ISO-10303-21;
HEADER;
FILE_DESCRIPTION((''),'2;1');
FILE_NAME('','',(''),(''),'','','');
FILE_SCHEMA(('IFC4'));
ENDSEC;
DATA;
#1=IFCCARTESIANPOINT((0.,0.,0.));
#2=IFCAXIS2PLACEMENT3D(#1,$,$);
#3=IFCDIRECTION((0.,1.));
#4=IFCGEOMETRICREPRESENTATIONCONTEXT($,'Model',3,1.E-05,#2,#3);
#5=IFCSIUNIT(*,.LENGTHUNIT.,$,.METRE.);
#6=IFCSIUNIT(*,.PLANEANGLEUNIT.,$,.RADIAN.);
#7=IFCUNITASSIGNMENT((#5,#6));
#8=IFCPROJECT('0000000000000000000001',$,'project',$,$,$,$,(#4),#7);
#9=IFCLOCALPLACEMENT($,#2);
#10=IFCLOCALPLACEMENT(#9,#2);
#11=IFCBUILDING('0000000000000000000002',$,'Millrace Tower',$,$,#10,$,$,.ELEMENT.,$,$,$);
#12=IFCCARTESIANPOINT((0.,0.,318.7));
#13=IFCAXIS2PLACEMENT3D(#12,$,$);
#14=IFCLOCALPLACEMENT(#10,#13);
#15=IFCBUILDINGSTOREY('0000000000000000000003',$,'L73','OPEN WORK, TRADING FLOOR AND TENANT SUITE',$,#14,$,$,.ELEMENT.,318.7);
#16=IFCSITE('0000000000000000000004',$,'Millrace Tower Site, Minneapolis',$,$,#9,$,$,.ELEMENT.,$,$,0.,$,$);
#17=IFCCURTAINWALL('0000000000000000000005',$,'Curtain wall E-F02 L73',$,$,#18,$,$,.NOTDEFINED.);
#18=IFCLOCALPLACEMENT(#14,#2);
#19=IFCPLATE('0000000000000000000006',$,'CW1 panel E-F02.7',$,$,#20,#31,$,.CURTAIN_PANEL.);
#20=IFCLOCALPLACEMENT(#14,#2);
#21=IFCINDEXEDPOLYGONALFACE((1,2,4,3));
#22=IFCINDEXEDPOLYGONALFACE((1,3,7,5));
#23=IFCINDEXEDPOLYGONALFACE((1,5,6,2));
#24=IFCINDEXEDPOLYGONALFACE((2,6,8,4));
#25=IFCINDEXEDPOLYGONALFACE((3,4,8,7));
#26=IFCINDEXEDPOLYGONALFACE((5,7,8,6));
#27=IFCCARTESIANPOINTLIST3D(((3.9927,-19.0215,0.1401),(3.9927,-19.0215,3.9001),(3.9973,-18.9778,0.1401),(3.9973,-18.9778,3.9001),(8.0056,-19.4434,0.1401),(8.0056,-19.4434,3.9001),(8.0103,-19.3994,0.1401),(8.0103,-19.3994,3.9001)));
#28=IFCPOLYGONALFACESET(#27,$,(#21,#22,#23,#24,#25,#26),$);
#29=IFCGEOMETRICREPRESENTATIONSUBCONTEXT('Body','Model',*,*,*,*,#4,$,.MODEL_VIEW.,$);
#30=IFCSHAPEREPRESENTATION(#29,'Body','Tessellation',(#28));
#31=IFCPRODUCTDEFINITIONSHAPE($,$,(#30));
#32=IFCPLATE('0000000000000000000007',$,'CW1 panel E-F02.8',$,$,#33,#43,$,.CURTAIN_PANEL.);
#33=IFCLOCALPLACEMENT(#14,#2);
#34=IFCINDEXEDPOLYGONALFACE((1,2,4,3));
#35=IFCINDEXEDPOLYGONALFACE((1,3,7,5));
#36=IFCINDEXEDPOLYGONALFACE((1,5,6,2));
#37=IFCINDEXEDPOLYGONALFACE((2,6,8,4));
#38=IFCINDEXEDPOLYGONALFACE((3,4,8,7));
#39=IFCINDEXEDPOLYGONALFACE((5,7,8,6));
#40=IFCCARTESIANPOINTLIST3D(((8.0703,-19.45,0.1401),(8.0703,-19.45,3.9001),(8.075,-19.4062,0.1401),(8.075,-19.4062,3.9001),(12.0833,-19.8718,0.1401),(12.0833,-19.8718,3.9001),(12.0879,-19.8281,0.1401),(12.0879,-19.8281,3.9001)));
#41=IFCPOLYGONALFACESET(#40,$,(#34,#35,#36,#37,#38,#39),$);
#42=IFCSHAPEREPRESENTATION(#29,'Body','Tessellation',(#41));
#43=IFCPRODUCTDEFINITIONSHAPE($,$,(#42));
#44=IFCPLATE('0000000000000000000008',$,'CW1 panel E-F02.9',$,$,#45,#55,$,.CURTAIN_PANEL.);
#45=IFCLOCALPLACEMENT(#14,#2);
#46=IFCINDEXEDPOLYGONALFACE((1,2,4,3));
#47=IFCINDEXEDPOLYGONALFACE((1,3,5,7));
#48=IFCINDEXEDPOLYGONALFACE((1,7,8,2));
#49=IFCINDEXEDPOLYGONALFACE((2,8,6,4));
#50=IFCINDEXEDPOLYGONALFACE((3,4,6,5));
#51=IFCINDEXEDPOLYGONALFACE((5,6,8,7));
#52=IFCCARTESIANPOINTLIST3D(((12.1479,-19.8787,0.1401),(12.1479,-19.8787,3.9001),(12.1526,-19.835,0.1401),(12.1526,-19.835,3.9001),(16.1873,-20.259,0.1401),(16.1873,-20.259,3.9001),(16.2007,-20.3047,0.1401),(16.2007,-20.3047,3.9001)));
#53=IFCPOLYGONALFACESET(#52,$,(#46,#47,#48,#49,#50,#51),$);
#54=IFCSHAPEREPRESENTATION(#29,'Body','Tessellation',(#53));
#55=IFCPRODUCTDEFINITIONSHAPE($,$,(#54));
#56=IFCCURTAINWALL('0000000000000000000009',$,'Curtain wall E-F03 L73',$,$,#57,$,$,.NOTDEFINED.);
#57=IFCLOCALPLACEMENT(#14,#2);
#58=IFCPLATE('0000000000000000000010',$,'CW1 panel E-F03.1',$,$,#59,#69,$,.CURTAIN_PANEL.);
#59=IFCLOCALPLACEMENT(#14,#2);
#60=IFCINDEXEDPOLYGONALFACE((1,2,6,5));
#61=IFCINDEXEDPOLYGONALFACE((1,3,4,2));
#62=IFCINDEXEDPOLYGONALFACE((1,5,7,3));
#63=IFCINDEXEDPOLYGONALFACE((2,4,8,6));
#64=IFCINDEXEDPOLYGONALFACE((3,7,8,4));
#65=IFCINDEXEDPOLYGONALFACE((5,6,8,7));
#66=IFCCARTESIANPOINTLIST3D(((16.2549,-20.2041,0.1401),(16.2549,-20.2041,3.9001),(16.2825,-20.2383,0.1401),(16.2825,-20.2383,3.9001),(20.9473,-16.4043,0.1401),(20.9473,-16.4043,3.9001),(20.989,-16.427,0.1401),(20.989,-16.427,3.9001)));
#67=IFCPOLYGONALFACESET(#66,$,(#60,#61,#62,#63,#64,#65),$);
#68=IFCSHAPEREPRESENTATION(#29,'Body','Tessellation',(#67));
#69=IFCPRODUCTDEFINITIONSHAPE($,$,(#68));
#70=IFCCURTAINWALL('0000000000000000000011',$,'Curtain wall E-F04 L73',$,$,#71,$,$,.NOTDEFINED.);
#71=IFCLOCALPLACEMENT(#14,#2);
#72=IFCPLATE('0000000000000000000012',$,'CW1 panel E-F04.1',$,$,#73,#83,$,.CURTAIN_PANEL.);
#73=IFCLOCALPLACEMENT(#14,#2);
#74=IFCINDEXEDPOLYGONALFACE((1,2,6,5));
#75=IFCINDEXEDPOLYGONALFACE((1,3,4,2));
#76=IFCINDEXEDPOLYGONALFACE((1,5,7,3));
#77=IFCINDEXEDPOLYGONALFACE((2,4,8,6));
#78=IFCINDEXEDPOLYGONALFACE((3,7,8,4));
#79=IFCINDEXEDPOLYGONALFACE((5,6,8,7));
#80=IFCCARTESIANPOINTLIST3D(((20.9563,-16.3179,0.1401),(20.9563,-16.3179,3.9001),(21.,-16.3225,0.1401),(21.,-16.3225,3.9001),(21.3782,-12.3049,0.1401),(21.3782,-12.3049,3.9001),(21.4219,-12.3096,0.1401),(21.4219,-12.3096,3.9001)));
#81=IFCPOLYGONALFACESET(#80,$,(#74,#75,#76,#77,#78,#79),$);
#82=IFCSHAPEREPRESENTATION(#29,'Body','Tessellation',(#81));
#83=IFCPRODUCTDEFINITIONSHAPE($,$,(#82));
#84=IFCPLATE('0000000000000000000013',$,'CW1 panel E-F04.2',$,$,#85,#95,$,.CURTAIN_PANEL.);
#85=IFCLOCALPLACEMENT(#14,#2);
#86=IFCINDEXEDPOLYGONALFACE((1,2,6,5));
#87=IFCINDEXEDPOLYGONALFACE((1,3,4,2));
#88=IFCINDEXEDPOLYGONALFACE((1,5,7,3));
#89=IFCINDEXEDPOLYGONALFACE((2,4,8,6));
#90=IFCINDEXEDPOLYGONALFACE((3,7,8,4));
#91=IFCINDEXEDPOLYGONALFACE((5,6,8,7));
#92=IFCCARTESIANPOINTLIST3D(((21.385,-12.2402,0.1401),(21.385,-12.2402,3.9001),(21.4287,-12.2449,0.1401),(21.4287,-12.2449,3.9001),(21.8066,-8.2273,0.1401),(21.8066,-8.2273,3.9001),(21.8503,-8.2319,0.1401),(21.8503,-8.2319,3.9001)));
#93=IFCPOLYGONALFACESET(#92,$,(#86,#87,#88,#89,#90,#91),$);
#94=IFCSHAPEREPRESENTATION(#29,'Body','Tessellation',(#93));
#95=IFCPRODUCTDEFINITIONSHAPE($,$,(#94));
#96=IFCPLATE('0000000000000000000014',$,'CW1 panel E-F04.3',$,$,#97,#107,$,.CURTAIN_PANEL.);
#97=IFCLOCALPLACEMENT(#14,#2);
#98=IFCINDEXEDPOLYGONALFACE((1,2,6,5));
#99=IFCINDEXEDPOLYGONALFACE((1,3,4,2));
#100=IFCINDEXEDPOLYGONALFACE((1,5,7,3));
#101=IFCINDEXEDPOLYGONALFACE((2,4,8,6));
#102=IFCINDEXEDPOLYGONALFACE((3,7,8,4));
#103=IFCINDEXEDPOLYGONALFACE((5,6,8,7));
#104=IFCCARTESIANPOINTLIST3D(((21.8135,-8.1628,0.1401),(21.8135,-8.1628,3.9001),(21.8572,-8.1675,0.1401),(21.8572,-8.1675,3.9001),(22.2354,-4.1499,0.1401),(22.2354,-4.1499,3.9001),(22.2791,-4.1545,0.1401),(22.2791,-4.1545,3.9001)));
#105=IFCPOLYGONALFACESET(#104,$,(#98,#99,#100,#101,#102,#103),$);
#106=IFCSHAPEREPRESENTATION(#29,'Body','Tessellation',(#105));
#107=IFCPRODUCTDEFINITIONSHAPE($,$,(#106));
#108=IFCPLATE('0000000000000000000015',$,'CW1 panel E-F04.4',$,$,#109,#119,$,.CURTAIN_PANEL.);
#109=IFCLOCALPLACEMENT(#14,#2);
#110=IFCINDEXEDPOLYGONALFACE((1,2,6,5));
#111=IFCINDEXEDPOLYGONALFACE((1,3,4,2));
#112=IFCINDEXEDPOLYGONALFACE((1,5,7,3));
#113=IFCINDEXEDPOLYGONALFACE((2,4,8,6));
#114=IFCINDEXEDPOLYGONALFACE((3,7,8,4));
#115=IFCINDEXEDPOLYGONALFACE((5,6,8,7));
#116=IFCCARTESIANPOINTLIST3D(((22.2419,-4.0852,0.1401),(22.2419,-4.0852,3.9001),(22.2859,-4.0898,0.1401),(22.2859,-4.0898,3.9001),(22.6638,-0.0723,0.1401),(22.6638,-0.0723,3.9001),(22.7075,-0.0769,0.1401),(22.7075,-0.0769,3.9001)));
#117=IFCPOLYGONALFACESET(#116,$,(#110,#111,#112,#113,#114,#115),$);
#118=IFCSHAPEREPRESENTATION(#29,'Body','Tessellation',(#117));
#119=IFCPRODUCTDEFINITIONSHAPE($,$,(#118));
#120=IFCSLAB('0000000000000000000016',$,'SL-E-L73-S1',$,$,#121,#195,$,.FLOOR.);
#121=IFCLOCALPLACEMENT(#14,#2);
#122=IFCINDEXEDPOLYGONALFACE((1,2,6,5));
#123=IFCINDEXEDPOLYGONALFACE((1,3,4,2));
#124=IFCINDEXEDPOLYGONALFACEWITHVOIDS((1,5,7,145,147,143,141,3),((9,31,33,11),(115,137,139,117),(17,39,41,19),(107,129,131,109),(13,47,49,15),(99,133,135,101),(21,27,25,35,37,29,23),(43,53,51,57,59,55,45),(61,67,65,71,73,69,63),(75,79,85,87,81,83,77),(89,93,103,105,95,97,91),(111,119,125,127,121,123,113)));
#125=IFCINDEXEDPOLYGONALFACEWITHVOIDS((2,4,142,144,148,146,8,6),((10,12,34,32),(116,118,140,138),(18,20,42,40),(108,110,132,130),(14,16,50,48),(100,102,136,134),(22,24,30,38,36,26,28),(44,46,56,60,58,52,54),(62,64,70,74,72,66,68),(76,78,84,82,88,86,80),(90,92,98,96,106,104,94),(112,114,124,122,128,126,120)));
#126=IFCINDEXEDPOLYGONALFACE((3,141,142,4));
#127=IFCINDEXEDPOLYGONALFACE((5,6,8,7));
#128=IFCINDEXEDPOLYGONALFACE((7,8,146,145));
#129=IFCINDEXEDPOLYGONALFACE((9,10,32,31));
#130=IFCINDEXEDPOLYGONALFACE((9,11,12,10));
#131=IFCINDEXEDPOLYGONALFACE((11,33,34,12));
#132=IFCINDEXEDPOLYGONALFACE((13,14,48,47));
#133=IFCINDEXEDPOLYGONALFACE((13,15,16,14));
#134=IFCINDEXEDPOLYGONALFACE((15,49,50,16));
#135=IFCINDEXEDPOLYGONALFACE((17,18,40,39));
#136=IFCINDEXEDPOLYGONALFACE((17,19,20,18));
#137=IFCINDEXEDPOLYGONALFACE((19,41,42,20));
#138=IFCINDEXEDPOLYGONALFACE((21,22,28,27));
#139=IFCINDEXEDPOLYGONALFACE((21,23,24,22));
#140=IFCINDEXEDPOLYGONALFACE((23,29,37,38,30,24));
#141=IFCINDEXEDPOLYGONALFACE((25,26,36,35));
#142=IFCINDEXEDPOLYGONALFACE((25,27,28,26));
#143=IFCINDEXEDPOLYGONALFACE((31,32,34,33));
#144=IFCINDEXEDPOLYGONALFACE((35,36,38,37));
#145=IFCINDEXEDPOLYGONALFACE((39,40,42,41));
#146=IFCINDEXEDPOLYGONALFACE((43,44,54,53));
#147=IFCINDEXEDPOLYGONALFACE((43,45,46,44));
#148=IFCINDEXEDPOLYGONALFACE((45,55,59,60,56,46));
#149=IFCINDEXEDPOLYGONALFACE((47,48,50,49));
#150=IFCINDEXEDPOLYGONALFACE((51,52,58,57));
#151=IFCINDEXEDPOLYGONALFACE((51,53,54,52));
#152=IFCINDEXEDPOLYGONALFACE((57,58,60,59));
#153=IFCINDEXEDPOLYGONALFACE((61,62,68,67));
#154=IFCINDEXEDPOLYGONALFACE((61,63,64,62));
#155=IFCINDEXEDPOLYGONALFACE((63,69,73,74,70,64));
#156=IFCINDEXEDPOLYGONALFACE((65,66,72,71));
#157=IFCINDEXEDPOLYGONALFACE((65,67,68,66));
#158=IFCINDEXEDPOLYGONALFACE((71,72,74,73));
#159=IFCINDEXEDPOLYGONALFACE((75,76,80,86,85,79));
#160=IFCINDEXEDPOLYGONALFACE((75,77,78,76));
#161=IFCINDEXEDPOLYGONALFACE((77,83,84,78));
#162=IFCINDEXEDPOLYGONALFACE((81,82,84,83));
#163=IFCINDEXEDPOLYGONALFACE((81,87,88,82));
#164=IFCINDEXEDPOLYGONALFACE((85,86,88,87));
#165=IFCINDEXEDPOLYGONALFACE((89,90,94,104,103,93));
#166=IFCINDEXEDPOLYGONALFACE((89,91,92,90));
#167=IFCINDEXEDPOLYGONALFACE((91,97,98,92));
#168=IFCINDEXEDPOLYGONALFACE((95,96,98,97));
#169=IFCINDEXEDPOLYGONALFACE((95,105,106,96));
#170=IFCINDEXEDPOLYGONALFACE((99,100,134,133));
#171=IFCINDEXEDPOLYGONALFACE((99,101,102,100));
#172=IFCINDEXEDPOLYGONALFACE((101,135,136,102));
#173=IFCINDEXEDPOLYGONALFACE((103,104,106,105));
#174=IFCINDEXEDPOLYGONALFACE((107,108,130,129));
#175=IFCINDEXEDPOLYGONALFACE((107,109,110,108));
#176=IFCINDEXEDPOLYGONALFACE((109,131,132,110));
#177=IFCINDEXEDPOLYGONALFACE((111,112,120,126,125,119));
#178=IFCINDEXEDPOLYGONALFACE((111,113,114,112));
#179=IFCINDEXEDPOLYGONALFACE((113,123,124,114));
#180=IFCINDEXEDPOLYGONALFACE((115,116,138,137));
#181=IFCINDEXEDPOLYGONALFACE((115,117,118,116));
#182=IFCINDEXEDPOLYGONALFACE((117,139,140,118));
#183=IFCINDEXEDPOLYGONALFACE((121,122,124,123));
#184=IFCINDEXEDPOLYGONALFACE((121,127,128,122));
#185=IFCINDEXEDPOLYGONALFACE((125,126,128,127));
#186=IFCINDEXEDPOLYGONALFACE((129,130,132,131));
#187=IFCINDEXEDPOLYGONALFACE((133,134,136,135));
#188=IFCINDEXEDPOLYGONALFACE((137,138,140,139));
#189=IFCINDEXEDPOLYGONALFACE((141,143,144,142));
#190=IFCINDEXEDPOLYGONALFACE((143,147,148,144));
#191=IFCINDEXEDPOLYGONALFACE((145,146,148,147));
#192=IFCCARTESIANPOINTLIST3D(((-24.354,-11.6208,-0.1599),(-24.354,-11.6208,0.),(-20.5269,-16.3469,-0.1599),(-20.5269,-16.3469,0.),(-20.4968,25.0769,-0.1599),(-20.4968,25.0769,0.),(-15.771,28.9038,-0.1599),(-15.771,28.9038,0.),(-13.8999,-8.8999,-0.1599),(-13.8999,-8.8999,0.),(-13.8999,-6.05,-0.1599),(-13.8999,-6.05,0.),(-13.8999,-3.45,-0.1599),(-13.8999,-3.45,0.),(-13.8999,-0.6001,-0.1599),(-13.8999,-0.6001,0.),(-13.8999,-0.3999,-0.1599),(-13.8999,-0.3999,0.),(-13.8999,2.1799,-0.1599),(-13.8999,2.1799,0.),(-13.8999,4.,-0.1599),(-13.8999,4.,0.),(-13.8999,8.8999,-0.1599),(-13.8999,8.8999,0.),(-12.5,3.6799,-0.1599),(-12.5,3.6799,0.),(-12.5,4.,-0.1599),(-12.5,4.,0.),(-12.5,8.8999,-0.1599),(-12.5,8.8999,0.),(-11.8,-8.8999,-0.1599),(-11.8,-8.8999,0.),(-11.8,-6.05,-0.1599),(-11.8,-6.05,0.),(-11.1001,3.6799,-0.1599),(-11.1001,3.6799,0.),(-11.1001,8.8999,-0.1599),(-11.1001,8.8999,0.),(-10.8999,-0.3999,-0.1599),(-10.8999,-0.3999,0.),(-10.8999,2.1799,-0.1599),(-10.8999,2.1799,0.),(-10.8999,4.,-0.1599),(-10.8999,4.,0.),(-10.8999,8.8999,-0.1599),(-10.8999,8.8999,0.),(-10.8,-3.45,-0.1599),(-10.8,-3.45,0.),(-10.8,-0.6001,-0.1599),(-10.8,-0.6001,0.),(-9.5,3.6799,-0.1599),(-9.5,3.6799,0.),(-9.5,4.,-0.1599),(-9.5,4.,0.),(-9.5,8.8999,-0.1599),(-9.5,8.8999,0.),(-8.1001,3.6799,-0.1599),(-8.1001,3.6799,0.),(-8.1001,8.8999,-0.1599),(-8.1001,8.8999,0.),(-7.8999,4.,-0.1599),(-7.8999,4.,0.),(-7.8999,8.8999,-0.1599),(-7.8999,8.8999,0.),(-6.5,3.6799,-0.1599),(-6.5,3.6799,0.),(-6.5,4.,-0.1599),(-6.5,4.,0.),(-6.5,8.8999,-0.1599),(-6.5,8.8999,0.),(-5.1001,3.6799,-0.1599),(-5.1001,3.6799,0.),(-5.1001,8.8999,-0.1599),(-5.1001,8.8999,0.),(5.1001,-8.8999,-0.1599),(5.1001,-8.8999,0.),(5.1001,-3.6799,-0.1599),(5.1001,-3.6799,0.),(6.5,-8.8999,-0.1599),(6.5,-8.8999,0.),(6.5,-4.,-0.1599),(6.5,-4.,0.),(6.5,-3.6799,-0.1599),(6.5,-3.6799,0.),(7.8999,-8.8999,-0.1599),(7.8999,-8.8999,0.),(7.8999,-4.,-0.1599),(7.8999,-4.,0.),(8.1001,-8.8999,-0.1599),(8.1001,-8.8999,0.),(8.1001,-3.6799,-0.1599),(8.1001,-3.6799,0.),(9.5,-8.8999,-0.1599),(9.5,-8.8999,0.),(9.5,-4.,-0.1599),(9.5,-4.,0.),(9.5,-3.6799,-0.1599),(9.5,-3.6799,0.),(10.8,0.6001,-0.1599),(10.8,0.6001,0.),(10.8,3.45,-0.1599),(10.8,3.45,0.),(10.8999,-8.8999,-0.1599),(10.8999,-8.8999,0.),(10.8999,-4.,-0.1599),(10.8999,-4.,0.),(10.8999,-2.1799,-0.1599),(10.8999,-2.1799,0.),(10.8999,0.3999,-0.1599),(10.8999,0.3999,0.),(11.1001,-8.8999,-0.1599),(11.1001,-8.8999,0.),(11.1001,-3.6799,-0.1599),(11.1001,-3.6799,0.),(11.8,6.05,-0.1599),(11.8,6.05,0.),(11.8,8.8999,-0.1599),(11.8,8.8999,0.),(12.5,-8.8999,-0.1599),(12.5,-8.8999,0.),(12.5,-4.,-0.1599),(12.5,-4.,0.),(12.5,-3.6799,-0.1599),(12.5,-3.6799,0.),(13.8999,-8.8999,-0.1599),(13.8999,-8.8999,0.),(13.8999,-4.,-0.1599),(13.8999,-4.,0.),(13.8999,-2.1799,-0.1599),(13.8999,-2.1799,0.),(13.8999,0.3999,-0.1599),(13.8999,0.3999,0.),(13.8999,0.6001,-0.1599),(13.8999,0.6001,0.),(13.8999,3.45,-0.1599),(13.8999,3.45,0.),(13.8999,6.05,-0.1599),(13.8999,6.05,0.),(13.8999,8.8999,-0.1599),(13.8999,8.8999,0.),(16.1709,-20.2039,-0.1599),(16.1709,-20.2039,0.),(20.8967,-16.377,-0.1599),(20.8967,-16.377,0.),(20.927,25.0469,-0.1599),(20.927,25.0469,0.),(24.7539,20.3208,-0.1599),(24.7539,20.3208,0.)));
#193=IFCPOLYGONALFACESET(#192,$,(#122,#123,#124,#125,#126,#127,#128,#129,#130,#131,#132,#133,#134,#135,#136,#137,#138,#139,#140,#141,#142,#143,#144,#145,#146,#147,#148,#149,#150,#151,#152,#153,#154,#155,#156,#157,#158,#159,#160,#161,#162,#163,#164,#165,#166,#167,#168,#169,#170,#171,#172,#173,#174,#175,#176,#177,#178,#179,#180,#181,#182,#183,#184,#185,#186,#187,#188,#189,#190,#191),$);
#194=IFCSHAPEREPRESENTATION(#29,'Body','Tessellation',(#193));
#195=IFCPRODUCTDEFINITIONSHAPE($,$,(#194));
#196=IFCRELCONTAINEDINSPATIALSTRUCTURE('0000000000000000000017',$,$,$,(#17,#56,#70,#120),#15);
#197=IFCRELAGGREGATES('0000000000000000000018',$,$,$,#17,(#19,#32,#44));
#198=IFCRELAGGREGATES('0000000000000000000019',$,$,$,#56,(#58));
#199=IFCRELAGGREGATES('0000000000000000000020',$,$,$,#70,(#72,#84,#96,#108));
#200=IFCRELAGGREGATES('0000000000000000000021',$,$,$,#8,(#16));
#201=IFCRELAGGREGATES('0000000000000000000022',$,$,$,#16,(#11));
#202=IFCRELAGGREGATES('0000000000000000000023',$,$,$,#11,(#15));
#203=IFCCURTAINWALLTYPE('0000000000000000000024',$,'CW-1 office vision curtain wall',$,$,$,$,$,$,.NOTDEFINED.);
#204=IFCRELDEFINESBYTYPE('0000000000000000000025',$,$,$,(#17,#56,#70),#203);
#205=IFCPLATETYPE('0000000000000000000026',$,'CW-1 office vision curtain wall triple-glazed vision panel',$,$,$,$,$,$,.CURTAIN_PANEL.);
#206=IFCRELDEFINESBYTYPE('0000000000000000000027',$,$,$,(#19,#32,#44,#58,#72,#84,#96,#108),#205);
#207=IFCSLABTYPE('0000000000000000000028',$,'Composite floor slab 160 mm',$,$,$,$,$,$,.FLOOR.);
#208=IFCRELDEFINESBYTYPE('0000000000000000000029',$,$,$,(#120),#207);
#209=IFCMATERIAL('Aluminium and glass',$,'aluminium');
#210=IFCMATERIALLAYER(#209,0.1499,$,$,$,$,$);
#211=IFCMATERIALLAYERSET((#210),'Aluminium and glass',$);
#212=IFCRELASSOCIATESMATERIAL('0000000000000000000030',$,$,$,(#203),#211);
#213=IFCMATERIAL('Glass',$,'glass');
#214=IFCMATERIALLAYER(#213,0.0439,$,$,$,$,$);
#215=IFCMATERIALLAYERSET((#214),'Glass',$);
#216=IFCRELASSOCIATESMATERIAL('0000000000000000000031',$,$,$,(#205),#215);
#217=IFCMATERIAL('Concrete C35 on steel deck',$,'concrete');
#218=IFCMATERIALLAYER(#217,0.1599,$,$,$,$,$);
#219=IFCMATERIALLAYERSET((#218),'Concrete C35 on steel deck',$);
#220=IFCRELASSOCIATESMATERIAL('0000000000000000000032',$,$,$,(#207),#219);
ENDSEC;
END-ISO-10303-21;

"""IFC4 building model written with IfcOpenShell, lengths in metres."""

from ifc_helpers import new_model, si_unit, direction, frame, origin, place, context, subcontext, project, spatial, polyline, outline, extrude, material, layer, layer_set, type_object, element, aggregate, save


model = new_model("IFC4")

# Units and contexts
model_context = context("Model", 3, precision=1e-05, world=origin(), true_north=direction((0.0, 1.0)))
body_context = subcontext(model_context, "Body", "Model", "MODEL_VIEW")
ifc_project = project(units=[si_unit("LENGTHUNIT", "METRE"), si_unit("PLANEANGLEUNIT", "RADIAN")], contexts=[model_context])

# Site, building, storey
site_placement = place(None, origin())
site = spatial("IfcSite", under=ifc_project, at=site_placement, Name="Millrace Tower Site, Minneapolis", CompositionType="ELEMENT", RefElevation=0.0)
building_placement = place(site_placement, origin())
building = spatial("IfcBuilding", under=site, at=building_placement, Name="Millrace Tower", CompositionType="ELEMENT")
storey_placement = place(building_placement, frame((0.0, 0.0, 318.7)))
storey = spatial("IfcBuildingStorey", under=building, at=storey_placement, Name="L73", Description="OPEN WORK, TRADING FLOOR AND TENANT SUITE", CompositionType="ELEMENT", Elevation=318.7)

# Shared definitions
ifc_material_1 = material(Name="Aluminium and glass", Category="aluminium")
ifc_layer_1 = layer(ifc_material_1, 0.1499)
ifc_layer_set_1 = layer_set([ifc_layer_1], Name="Aluminium and glass")
curtain_wall_type = type_object("IfcCurtainWallType", Name="CW-1 office vision curtain wall", PredefinedType="NOTDEFINED", material=ifc_layer_set_1)
placement_1 = place(storey_placement, origin())
ifc_material_2 = material(Name="Glass", Category="glass")
ifc_layer_2 = layer(ifc_material_2, 0.0439)
ifc_layer_set_2 = layer_set([ifc_layer_2], Name="Glass")
plate_type = type_object("IfcPlateType", Name="CW-1 office vision curtain wall triple-glazed vision panel", PredefinedType="CURTAIN_PANEL", material=ifc_layer_set_2)
placement_2 = place(storey_placement, frame((0.0, 0.0, 0.1401)))

# Curtain wall, plates
curtain_wall_1 = element("IfcCurtainWall", 1, at=placement_1, inside=storey, type_object=curtain_wall_type, Name="Curtain wall E-F02 L73", PredefinedType="NOTDEFINED")
plate_1 = element("IfcPlate", 2, at=placement_2, type_object=plate_type, Name="CW1 panel E-F02.7", PredefinedType="CURTAIN_PANEL", context=body_context, shape_type="SweptSolid", body=[
    extrude(outline(polyline([(3.9927, -19.0215), (8.0056, -19.4434), (8.0103, -19.3994), (3.9973, -18.9778), (3.9927, -19.0215)])), origin(), (0.0, 0.0, 1.0), 3.76),
])
plate_2 = element("IfcPlate", 3, at=placement_2, type_object=plate_type, Name="CW1 panel E-F02.8", PredefinedType="CURTAIN_PANEL", context=body_context, shape_type="SweptSolid", body=[
    extrude(outline(polyline([(8.0703, -19.45), (12.0833, -19.8718), (12.0879, -19.8281), (8.075, -19.4062), (8.0703, -19.45)])), origin(), (0.0, 0.0, 1.0), 3.76),
])
plate_3 = element("IfcPlate", 4, at=placement_2, type_object=plate_type, Name="CW1 panel E-F02.9", PredefinedType="CURTAIN_PANEL", context=body_context, shape_type="SweptSolid", body=[
    extrude(outline(polyline([(12.1479, -19.8787), (16.2007, -20.3047), (16.1873, -20.259), (12.1526, -19.835), (12.1479, -19.8787)])), origin(), (0.0, 0.0, 1.0), 3.76),
])
aggregate(curtain_wall_1, [plate_1, plate_2, plate_3])

# Curtain wall, plate
curtain_wall_2 = element("IfcCurtainWall", 5, at=placement_1, inside=storey, type_object=curtain_wall_type, Name="Curtain wall E-F03 L73", PredefinedType="NOTDEFINED")
plate_4 = element("IfcPlate", 6, at=placement_2, type_object=plate_type, Name="CW1 panel E-F03.1", PredefinedType="CURTAIN_PANEL", context=body_context, shape_type="SweptSolid", body=[
    extrude(outline(polyline([(16.2825, -20.2383), (20.989, -16.427), (20.9473, -16.4043), (16.2549, -20.2041), (16.2825, -20.2383)])), origin(), (0.0, 0.0, 1.0), 3.76),
])
aggregate(curtain_wall_2, [plate_4])

# Curtain wall, plates
curtain_wall_3 = element("IfcCurtainWall", 7, at=placement_1, inside=storey, type_object=curtain_wall_type, Name="Curtain wall E-F04 L73", PredefinedType="NOTDEFINED")
plate_5 = element("IfcPlate", 8, at=placement_2, type_object=plate_type, Name="CW1 panel E-F04.1", PredefinedType="CURTAIN_PANEL", context=body_context, shape_type="SweptSolid", body=[
    extrude(outline(polyline([(21.0, -16.3225), (21.4219, -12.3096), (21.3782, -12.3049), (20.9563, -16.3179), (21.0, -16.3225)])), origin(), (0.0, 0.0, 1.0), 3.76),
])
plate_6 = element("IfcPlate", 9, at=placement_2, type_object=plate_type, Name="CW1 panel E-F04.2", PredefinedType="CURTAIN_PANEL", context=body_context, shape_type="SweptSolid", body=[
    extrude(outline(polyline([(21.4287, -12.2449), (21.8503, -8.2319), (21.8066, -8.2273), (21.385, -12.2402), (21.4287, -12.2449)])), origin(), (0.0, 0.0, 1.0), 3.76),
])
plate_7 = element("IfcPlate", 10, at=placement_2, type_object=plate_type, Name="CW1 panel E-F04.3", PredefinedType="CURTAIN_PANEL", context=body_context, shape_type="SweptSolid", body=[
    extrude(outline(polyline([(21.8572, -8.1675), (22.2791, -4.1545), (22.2354, -4.1499), (21.8135, -8.1628), (21.8572, -8.1675)])), origin(), (0.0, 0.0, 1.0), 3.76),
])
plate_8 = element("IfcPlate", 11, at=placement_2, type_object=plate_type, Name="CW1 panel E-F04.4", PredefinedType="CURTAIN_PANEL", context=body_context, shape_type="SweptSolid", body=[
    extrude(outline(polyline([(22.2859, -4.0898), (22.7075, -0.0769), (22.6638, -0.0723), (22.2419, -4.0852), (22.2859, -4.0898)])), origin(), (0.0, 0.0, 1.0), 3.76),
])
aggregate(curtain_wall_3, [plate_5, plate_6, plate_7, plate_8])

# Slab
ifc_material_3 = material(Name="Concrete C35 on steel deck", Category="concrete")
ifc_layer_3 = layer(ifc_material_3, 0.1599)
ifc_layer_set_3 = layer_set([ifc_layer_3], Name="Concrete C35 on steel deck")
slab_type = type_object("IfcSlabType", Name="Composite floor slab 160 mm", PredefinedType="FLOOR", material=ifc_layer_set_3)
slab_placement = place(storey_placement, frame((0.0, 0.0, -0.1599)))
element("IfcSlab", 12, at=slab_placement, inside=storey, type_object=slab_type, Name="SL-E-L73-S1", PredefinedType="FLOOR", context=body_context, shape_type="SweptSolid", body=[
    extrude(outline(polyline([(-24.354, -11.6208), (-20.5269, -16.3469), (16.1709, -20.2039), (20.8967, -16.377), (24.7539, 20.3208), (20.927, 25.0469), (-15.771, 28.9038), (-20.4968, 25.0769), (-24.354, -11.6208)]), holes=[polyline([(-13.8999, -8.8999), (-11.8, -8.8999), (-11.8, -6.05), (-13.8999, -6.05), (-13.8999, -8.8999)]), polyline([(-13.8999, -3.45), (-10.8, -3.45), (-10.8, -0.6001), (-13.8999, -0.6001), (-13.8999, -3.45)]), polyline([(-13.8999, -0.3999), (-10.8999, -0.3999), (-10.8999, 2.1799), (-13.8999, 2.1799), (-13.8999, -0.3999)]), polyline([(-11.1001, 8.8999), (-12.5, 8.8999), (-13.8999, 8.8999), (-13.8999, 4.0), (-12.5, 4.0), (-12.5, 3.6799), (-11.1001, 3.6799), (-11.1001, 8.8999)]), polyline([(-8.1001, 8.8999), (-9.5, 8.8999), (-10.8999, 8.8999), (-10.8999, 4.0), (-9.5, 4.0), (-9.5, 3.6799), (-8.1001, 3.6799), (-8.1001, 8.8999)]), polyline([(-5.1001, 8.8999), (-6.5, 8.8999), (-7.8999, 8.8999), (-7.8999, 4.0), (-6.5, 4.0), (-6.5, 3.6799), (-5.1001, 3.6799), (-5.1001, 8.8999)]), polyline([(11.8, 6.05), (13.8999, 6.05), (13.8999, 8.8999), (11.8, 8.8999), (11.8, 6.05)]), polyline([(10.8, 0.6001), (13.8999, 0.6001), (13.8999, 3.45), (10.8, 3.45), (10.8, 0.6001)]), polyline([(10.8999, -2.1799), (13.8999, -2.1799), (13.8999, 0.3999), (10.8999, 0.3999), (10.8999, -2.1799)]), polyline([(13.8999, -4.0), (12.5, -4.0), (12.5, -3.6799), (11.1001, -3.6799), (11.1001, -8.8999), (12.5, -8.8999), (13.8999, -8.8999), (13.8999, -4.0)]), polyline([(10.8999, -4.0), (9.5, -4.0), (9.5, -3.6799), (8.1001, -3.6799), (8.1001, -8.8999), (9.5, -8.8999), (10.8999, -8.8999), (10.8999, -4.0)]), polyline([(7.8999, -4.0), (6.5, -4.0), (6.5, -3.6799), (5.1001, -3.6799), (5.1001, -8.8999), (6.5, -8.8999), (7.8999, -8.8999), (7.8999, -4.0)])]), origin(), (0.0, 0.0, 1.0), 0.1599),
])

save(model, "model.ifc")
